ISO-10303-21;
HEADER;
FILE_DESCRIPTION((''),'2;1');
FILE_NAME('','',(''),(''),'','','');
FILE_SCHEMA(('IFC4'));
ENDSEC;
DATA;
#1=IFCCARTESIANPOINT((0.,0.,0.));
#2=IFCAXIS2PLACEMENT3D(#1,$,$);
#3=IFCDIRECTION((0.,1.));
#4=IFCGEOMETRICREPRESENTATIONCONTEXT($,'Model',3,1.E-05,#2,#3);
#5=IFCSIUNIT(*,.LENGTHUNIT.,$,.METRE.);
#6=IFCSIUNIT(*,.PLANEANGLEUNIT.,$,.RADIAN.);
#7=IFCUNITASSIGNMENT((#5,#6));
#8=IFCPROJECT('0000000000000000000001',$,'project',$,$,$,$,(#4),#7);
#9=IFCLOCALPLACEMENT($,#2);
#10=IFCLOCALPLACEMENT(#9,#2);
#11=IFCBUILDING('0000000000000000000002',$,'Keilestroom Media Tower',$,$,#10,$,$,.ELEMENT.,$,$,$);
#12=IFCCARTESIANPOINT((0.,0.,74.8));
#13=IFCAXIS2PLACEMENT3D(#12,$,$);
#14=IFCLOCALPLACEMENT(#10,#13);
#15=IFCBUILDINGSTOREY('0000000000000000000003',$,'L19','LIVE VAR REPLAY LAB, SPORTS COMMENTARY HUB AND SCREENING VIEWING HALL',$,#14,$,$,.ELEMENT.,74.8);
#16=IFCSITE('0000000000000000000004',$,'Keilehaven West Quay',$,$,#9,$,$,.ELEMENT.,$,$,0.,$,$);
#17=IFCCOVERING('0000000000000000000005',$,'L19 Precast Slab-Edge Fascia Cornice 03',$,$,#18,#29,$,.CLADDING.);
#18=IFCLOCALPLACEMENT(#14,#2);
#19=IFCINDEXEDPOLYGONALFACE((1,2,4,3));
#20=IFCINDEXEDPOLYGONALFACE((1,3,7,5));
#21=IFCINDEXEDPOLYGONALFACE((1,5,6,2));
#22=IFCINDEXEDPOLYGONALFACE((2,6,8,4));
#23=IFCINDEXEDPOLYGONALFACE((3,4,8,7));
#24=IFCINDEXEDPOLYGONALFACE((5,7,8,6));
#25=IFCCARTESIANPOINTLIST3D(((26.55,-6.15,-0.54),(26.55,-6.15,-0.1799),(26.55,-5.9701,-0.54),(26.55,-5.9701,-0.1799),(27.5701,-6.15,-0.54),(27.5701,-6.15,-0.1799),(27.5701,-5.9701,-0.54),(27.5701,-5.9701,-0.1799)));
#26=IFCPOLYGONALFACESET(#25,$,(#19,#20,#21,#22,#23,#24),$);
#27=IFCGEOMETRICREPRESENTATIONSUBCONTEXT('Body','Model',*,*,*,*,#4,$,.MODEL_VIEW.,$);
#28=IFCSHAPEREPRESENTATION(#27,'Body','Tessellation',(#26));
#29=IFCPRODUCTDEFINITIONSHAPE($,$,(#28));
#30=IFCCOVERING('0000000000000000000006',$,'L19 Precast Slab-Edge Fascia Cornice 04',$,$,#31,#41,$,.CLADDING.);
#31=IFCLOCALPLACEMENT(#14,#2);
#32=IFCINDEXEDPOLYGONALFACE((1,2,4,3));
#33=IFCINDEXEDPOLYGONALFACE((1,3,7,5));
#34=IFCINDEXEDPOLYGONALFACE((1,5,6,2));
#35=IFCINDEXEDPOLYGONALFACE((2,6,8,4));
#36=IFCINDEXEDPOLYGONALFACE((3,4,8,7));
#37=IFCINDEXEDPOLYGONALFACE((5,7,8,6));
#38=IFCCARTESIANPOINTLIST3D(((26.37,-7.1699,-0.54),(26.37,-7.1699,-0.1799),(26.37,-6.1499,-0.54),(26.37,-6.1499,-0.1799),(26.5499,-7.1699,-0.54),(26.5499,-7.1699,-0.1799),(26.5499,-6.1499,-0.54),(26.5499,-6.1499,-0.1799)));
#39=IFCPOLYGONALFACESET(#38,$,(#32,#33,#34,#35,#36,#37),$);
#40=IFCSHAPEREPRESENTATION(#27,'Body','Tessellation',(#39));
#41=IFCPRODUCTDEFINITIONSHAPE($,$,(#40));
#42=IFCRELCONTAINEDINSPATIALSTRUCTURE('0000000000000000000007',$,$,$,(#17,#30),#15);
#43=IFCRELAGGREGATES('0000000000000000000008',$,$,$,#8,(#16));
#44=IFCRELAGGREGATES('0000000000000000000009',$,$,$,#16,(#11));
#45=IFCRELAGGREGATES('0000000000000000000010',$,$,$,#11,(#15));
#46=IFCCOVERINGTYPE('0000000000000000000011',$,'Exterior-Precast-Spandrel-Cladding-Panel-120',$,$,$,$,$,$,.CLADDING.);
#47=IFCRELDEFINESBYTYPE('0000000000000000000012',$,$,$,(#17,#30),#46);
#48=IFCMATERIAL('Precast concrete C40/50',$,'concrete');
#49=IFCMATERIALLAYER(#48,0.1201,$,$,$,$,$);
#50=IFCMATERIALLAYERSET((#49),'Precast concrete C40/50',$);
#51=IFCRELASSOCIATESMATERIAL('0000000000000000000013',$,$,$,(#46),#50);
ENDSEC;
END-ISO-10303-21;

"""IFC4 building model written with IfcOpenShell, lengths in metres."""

from ifc_helpers import new_model, si_unit, direction, frame, origin, origin_2d, place, context, subcontext, project, spatial, rectangle, extrude, source, transform, mapped, material, layer, layer_set, type_object, element, save


model = new_model("IFC4")

# Units and contexts
model_context = context("Model", 3, precision=1e-05, world=origin(), true_north=direction((0.0, 1.0)))
body_context = subcontext(model_context, "Body", "Model", "MODEL_VIEW")
ifc_project = project(units=[si_unit("LENGTHUNIT", "METRE"), si_unit("PLANEANGLEUNIT", "RADIAN")], contexts=[model_context])

# Site, building, storey
site_placement = place(None, origin())
site = spatial("IfcSite", under=ifc_project, at=site_placement, Name="Keilehaven West Quay", CompositionType="ELEMENT", RefElevation=0.0)
building_placement = place(site_placement, origin())
building = spatial("IfcBuilding", under=site, at=building_placement, Name="Keilestroom Media Tower", CompositionType="ELEMENT")
storey_placement = place(building_placement, frame((0.0, 0.0, 74.8)))
storey = spatial("IfcBuildingStorey", under=building, at=storey_placement, Name="L19", Description="LIVE VAR REPLAY LAB, SPORTS COMMENTARY HUB AND SCREENING VIEWING HALL", CompositionType="ELEMENT", Elevation=74.8)

# Shared definitions
ifc_material_1 = material(Name="Precast concrete C40/50", Category="concrete")

# Coverings
ifc_layer_1 = layer(ifc_material_1, 0.1201)
ifc_layer_set_1 = layer_set([ifc_layer_1], Name="Precast concrete C40/50")
covering_type = type_object("IfcCoveringType", Name="Exterior-Precast-Spandrel-Cladding-Panel-120", PredefinedType="CLADDING", material=ifc_layer_set_1)
shared_shape_1 = source(origin(), body_context, "Body", "SweptSolid", [
    extrude(rectangle(XDim=1.02, YDim=0.1799, at=origin_2d()), origin(), (0.0, 0.0, 1.0), 0.3601),
])
for number, where, z_axis, x_axis, name in (
    (1, (27.0601, -6.0601, -0.54), (0.0, 0.0, 1.0), (-1.0, 0.0, 0.0), "L19 Precast Slab-Edge Fascia Cornice 03"),
    (2, (26.46, -6.6599, -0.54), (0.0, 0.0, 1.0), (0.0, -1.0, 0.0), "L19 Precast Slab-Edge Fascia Cornice 04"),
):
    element("IfcCovering", number, at=place(storey_placement, frame(where, z_axis=z_axis, x_axis=x_axis)), inside=storey, type_object=covering_type, Name=name, PredefinedType="CLADDING", context=body_context, shape_type="MappedRepresentation", body=[
        mapped(shared_shape_1, transform((0.0, 0.0, 0.0), x_axis=(1.0, 0.0, 0.0), y_axis=(0.0, 1.0, 0.0), z_axis=(0.0, 0.0, 1.0), scale=1.0)),
    ])

save(model, "model.ifc")
